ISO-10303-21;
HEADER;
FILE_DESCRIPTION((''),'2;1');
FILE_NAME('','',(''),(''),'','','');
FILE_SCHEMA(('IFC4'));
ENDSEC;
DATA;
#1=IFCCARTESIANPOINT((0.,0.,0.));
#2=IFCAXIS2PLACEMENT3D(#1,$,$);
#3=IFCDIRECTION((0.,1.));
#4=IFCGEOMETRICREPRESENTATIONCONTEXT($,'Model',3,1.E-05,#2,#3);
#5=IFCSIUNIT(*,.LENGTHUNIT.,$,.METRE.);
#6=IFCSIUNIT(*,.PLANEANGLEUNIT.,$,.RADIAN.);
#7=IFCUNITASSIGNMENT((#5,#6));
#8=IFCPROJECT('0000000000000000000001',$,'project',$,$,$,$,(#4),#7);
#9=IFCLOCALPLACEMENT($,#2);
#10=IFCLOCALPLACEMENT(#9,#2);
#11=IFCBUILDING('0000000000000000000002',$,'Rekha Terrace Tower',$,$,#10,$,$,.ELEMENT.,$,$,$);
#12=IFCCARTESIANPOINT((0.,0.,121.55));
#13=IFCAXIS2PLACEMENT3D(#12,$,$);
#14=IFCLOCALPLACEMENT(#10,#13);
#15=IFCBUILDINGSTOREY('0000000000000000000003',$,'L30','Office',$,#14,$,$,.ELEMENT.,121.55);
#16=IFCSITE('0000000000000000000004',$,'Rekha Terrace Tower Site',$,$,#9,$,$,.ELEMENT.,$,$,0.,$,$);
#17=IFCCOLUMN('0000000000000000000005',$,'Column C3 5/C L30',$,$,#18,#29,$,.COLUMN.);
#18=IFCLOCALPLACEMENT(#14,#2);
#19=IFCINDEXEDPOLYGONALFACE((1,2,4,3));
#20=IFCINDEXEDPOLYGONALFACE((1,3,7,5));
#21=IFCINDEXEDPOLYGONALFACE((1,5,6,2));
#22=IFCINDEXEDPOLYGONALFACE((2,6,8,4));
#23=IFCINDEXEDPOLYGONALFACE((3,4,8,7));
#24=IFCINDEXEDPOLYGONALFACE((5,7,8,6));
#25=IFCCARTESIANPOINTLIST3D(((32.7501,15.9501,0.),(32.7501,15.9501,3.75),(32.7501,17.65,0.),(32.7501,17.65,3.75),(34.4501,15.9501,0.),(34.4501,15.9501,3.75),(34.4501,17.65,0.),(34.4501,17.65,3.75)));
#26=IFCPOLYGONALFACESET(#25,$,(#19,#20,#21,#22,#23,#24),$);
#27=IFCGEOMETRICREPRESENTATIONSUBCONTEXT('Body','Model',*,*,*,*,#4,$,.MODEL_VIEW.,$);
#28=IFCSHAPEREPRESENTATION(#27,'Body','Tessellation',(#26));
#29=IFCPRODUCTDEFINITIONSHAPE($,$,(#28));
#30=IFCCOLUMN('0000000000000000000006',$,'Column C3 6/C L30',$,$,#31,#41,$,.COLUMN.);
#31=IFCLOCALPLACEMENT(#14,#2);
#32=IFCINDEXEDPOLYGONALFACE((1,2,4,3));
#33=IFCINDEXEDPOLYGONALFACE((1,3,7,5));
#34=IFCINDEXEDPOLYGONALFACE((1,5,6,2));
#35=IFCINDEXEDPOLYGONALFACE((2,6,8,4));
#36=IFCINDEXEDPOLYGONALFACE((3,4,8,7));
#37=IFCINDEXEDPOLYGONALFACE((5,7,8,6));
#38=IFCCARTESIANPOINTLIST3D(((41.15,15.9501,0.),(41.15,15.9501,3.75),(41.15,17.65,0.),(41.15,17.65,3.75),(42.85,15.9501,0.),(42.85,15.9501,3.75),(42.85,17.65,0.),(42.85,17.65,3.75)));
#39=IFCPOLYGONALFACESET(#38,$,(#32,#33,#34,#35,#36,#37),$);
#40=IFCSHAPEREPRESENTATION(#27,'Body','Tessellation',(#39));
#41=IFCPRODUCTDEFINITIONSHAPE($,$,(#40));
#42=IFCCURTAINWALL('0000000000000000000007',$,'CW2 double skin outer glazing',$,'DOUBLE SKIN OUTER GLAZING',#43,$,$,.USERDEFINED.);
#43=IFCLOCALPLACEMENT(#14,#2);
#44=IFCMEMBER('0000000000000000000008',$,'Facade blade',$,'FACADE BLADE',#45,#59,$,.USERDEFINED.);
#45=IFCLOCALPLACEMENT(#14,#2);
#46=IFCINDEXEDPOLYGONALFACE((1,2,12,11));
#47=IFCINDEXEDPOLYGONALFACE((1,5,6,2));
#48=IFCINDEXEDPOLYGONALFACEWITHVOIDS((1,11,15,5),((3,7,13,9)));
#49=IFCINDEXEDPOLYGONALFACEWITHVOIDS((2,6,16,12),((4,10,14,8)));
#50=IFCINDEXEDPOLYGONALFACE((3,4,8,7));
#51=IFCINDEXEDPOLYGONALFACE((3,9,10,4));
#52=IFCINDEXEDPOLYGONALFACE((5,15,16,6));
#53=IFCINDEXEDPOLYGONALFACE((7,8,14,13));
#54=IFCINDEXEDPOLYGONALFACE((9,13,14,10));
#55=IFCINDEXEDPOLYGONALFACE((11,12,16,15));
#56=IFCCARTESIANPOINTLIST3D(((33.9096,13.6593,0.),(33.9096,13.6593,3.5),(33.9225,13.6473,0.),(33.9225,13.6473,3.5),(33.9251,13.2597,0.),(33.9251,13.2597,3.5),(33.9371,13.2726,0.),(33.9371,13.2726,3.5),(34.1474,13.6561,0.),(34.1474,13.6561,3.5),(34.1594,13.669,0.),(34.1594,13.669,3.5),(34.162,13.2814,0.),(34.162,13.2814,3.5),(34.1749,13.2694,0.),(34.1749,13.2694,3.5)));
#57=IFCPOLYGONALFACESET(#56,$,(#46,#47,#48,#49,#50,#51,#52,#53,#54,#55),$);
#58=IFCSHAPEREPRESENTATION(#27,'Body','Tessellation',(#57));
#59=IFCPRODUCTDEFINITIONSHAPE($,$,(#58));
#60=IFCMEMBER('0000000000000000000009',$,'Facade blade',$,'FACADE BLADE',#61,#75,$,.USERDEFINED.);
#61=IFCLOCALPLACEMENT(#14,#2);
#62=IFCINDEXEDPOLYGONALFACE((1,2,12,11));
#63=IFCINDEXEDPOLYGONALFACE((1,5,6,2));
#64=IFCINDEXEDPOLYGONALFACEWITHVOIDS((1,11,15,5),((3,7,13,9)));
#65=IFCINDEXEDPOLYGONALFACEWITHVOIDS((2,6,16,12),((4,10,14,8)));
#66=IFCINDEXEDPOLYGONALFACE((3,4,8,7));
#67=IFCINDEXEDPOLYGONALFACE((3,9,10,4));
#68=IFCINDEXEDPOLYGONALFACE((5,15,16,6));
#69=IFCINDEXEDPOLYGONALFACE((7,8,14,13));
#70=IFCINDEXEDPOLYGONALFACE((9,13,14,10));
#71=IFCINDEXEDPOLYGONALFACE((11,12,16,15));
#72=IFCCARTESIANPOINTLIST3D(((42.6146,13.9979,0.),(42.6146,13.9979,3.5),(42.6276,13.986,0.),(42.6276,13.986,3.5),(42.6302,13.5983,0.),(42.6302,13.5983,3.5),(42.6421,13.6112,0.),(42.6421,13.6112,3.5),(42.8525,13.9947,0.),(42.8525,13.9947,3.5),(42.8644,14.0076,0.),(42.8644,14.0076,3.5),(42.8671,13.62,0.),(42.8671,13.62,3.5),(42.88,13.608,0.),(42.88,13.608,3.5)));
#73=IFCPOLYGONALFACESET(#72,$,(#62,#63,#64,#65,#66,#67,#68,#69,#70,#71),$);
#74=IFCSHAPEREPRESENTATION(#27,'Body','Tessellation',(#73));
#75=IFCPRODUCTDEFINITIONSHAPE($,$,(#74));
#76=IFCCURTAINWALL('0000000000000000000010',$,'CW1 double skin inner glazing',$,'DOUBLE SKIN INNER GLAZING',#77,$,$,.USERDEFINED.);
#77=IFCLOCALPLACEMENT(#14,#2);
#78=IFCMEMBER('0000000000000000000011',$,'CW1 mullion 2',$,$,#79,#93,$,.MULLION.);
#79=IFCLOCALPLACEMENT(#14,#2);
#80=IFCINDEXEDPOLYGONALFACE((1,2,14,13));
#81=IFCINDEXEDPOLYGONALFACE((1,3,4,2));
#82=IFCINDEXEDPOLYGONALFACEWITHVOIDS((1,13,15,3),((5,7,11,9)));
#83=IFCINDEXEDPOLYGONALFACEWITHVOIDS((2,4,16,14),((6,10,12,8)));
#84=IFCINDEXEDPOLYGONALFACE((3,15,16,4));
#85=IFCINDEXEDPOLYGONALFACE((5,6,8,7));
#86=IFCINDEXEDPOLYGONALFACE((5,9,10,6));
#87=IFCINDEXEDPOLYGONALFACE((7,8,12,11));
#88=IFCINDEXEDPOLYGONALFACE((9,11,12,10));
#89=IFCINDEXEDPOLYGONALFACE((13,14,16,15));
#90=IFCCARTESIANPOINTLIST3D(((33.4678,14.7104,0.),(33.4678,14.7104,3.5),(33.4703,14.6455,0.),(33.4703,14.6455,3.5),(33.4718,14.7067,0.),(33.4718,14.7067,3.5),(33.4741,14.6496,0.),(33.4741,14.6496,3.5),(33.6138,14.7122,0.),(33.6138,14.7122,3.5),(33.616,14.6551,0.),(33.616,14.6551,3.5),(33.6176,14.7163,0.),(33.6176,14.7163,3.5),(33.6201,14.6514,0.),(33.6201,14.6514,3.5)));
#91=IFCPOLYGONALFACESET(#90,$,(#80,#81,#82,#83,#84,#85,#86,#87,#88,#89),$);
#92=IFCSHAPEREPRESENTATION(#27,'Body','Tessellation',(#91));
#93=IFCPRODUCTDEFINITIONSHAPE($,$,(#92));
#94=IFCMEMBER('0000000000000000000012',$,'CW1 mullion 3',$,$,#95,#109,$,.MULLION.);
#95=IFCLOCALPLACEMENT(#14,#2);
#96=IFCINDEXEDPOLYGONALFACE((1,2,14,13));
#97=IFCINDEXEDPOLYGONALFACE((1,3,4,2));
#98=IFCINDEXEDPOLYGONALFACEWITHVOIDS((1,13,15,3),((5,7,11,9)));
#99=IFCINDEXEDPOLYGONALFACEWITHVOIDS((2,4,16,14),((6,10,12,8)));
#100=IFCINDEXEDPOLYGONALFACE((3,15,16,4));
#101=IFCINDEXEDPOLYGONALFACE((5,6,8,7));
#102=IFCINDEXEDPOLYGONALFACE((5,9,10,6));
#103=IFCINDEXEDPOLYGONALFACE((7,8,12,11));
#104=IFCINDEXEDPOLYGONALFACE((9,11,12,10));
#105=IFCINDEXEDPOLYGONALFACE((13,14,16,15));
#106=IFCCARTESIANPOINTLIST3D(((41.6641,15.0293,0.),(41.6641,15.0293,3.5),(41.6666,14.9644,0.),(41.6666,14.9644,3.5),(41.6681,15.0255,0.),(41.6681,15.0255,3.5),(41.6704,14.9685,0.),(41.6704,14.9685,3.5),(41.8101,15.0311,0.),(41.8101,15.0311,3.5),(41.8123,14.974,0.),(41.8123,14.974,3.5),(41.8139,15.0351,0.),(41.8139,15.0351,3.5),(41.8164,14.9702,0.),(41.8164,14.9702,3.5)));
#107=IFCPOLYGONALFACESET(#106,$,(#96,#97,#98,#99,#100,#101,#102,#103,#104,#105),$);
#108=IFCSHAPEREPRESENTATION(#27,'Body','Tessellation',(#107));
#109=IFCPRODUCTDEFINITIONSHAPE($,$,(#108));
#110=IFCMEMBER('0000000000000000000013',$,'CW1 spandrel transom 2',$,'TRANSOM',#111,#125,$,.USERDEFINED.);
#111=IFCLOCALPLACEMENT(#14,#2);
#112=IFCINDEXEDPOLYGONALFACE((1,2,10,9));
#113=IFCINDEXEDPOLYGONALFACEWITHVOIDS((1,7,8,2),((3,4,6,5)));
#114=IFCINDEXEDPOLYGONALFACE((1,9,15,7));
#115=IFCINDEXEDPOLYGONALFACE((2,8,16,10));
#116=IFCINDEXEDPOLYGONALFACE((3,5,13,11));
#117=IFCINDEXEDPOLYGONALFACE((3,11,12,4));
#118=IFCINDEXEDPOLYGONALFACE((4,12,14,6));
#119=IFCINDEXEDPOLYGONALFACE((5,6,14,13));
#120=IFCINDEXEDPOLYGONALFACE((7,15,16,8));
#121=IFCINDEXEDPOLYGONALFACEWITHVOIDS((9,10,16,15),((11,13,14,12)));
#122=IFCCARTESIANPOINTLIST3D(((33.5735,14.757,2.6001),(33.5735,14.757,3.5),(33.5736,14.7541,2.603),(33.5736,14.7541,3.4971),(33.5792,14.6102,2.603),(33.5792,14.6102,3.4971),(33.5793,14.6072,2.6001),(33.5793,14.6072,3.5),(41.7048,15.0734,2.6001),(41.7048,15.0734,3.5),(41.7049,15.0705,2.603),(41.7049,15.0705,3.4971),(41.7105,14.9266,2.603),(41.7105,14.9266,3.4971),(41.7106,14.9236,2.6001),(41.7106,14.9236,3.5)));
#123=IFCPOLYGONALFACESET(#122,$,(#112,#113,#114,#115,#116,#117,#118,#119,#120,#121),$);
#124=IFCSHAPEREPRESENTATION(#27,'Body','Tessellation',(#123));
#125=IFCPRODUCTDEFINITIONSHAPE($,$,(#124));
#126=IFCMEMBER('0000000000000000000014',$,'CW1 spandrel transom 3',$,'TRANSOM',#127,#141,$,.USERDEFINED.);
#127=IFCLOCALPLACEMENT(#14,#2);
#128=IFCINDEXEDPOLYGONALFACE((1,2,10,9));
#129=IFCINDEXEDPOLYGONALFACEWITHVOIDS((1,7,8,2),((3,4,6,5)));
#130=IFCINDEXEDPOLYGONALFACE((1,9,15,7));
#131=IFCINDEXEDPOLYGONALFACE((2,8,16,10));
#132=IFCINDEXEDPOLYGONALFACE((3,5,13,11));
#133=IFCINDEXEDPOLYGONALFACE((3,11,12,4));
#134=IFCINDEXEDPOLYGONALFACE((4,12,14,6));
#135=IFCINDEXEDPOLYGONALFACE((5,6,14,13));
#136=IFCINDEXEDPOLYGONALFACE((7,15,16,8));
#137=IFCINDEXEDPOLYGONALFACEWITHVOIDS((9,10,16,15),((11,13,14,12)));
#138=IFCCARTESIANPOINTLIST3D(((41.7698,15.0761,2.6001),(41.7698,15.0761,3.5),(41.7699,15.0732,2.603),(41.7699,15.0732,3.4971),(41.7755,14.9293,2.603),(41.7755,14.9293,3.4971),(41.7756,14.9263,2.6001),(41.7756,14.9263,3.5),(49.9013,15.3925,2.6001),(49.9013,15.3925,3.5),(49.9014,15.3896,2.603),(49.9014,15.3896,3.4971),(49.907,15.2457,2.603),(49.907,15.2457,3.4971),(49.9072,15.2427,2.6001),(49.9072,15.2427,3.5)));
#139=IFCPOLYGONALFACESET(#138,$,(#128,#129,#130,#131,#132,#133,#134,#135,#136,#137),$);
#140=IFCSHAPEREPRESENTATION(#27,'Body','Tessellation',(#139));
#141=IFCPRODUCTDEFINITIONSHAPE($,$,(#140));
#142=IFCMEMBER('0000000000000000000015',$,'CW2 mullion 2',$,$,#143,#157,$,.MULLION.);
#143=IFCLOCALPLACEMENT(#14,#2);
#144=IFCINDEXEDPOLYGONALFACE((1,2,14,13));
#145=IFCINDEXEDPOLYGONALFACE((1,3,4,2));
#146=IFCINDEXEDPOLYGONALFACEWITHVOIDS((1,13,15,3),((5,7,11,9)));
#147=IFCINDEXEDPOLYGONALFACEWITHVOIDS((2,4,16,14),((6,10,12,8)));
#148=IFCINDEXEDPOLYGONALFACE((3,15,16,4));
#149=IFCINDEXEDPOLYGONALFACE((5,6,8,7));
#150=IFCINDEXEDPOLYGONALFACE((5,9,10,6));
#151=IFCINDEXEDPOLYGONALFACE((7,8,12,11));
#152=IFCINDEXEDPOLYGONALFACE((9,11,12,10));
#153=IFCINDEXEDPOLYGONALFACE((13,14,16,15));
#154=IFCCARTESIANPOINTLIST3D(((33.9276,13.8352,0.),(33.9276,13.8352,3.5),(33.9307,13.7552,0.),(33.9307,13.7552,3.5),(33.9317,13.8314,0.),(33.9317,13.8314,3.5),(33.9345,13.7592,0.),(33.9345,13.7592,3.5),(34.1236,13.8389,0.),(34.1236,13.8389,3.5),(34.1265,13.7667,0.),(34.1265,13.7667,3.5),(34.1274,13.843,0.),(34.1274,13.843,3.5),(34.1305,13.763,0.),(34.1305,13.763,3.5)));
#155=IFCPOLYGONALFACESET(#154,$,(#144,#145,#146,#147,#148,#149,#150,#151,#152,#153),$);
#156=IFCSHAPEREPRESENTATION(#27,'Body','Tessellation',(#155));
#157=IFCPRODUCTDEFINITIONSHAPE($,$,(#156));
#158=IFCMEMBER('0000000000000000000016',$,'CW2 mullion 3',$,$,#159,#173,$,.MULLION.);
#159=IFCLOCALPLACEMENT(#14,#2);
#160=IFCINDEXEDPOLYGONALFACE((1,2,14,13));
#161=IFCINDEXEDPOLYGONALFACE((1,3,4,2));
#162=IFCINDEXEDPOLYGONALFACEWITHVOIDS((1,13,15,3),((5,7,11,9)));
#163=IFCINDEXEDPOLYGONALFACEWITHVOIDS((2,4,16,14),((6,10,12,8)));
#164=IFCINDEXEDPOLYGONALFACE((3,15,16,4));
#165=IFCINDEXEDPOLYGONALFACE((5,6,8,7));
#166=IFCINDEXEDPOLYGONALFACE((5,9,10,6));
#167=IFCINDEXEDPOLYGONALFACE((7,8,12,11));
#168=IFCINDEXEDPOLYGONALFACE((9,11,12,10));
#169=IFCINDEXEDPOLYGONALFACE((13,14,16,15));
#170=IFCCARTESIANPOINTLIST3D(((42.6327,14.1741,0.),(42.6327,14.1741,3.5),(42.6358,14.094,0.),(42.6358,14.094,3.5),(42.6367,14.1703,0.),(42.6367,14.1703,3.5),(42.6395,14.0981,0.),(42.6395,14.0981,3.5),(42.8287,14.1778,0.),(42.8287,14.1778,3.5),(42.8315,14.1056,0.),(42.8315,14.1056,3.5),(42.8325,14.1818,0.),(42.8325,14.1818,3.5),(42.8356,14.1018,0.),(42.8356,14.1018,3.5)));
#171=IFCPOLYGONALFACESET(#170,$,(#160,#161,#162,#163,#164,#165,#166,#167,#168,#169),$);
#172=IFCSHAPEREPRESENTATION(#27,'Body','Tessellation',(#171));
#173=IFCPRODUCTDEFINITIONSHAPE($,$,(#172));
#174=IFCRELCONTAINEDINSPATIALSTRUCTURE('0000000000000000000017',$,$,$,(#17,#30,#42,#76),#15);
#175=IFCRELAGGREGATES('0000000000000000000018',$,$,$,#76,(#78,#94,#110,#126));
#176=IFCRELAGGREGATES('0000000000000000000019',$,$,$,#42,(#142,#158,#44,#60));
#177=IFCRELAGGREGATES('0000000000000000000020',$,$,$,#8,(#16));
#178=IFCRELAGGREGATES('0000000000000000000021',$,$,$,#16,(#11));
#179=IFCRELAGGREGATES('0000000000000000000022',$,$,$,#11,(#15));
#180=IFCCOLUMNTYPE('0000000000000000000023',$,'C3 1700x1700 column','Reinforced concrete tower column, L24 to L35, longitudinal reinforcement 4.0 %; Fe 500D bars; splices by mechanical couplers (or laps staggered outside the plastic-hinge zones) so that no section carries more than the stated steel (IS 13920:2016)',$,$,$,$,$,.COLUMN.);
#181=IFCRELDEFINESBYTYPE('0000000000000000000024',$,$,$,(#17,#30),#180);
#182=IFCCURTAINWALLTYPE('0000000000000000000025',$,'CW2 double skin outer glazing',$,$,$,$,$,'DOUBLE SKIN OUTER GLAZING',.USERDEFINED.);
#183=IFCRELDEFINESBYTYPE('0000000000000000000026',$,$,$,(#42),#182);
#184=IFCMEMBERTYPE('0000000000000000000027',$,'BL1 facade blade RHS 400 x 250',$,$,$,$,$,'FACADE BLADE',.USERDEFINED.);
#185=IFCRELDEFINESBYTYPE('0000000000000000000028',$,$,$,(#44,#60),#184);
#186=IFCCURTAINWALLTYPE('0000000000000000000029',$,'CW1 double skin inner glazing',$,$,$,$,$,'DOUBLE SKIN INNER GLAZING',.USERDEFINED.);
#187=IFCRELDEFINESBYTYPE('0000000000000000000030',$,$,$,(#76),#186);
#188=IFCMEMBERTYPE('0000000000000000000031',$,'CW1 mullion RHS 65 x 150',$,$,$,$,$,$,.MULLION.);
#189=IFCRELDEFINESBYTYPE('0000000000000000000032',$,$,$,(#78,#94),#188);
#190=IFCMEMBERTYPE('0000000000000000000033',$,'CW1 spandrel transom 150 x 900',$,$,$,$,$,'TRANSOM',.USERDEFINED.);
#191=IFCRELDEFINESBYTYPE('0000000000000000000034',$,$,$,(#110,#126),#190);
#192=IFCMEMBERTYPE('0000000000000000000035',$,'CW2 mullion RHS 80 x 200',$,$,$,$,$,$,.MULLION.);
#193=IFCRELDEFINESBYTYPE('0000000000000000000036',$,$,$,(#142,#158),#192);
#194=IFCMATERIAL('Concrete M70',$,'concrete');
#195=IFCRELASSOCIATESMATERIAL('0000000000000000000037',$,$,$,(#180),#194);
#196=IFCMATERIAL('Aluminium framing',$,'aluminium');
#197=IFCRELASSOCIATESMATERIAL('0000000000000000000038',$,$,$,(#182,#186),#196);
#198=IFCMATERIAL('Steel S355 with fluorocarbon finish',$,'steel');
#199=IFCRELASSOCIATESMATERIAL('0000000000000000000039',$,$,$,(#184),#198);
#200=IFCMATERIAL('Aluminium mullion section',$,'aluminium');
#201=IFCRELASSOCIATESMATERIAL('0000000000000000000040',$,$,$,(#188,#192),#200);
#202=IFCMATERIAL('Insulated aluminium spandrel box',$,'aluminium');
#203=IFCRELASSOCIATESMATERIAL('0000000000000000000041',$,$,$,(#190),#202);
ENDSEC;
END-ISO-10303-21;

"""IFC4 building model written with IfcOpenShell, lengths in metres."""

from ifc_helpers import new_model, si_unit, direction, frame, origin, origin_2d, place, context, subcontext, project, spatial, rectangle, hollow_rectangle, extrude, material, material_profile, profile_set, type_object, element, aggregate, save


model = new_model("IFC4")

# Units and contexts
model_context = context("Model", 3, precision=1e-05, world=origin(), true_north=direction((0.0, 1.0)))
body_context = subcontext(model_context, "Body", "Model", "MODEL_VIEW")
ifc_project = project(units=[si_unit("LENGTHUNIT", "METRE"), si_unit("PLANEANGLEUNIT", "RADIAN")], contexts=[model_context])

# Site, building, storey
site_placement = place(None, origin())
site = spatial("IfcSite", under=ifc_project, at=site_placement, Name="Rekha Terrace Tower Site", CompositionType="ELEMENT", RefElevation=0.0)
building_placement = place(site_placement, origin())
building = spatial("IfcBuilding", under=site, at=building_placement, Name="Rekha Terrace Tower", CompositionType="ELEMENT")
storey_placement = place(building_placement, frame((0.0, 0.0, 121.55)))
storey = spatial("IfcBuildingStorey", under=building, at=storey_placement, Name="L30", Description="Office", CompositionType="ELEMENT", Elevation=121.55)

# Columns
ifc_material_1 = material(Name="Concrete M70", Category="concrete")
ifc_material_profile_1 = material_profile(ifc_material_1, rectangle(XDim=1.7, YDim=1.7, at=origin_2d()), Name="RC 1700x1700")
ifc_profile_set_1 = profile_set([ifc_material_profile_1], Name="Concrete M70")
column_type = type_object("IfcColumnType", Name="C3 1700x1700 column", Description="Reinforced concrete tower column, L24 to L35, longitudinal reinforcement 4.0 %; Fe 500D bars; splices by mechanical couplers (or laps staggered outside the plastic-hinge zones) so that no section carries more than the stated steel (IS 13920:2016)", PredefinedType="COLUMN", material=ifc_profile_set_1)
for number, where, z_axis, x_axis, name in (
    (1, (33.6001, 16.8, 0.0), (0.0, 0.0, 1.0), (1.0, 0.0, 0.0), "Column C3 5/C L30"),
    (2, (42.0, 16.8, 0.0), (0.0, 0.0, 1.0), (1.0, 0.0, 0.0), "Column C3 6/C L30"),
):
    element("IfcColumn", number, at=place(storey_placement, frame(where, z_axis=z_axis, x_axis=x_axis)), inside=storey, type_object=column_type, Name=name, PredefinedType="COLUMN", context=body_context, shape_type="SweptSolid", body=[
        extrude(rectangle(XDim=1.7, YDim=1.7, at=origin_2d()), origin(), (0.0, 0.0, 1.0), 3.75),
    ])

# Curtain walls, members
ifc_material_2 = material(Name="Aluminium framing", Category="aluminium")
curtain_wall_type_1 = type_object("IfcCurtainWallType", Name="CW2 double skin outer glazing", ElementType="DOUBLE SKIN OUTER GLAZING", PredefinedType="USERDEFINED", material=ifc_material_2)
curtain_wall_1_placement = place(storey_placement, origin())
curtain_wall_1 = element("IfcCurtainWall", 3, at=curtain_wall_1_placement, inside=storey, type_object=curtain_wall_type_1, Name="CW2 double skin outer glazing", ObjectType="DOUBLE SKIN OUTER GLAZING", PredefinedType="USERDEFINED")
ifc_material_3 = material(Name="Steel S355 with fluorocarbon finish", Category="steel")
ifc_material_profile_2 = material_profile(ifc_material_3, hollow_rectangle(XDim=0.25, YDim=0.3999, WallThickness=0.0125, at=origin_2d()), Name="RHS400x250x12.5")
ifc_profile_set_2 = profile_set([ifc_material_profile_2], Name="Steel S355 with fluorocarbon finish")
member_type_1 = type_object("IfcMemberType", Name="BL1 facade blade RHS 400 x 250", ElementType="FACADE BLADE", PredefinedType="USERDEFINED", material=ifc_profile_set_2)
member_1_placement = place(storey_placement, frame((34.0422, 13.4644, 0.0), z_axis=(0.0, 0.0, 1.0), x_axis=(0.999243, 0.03889, 0.0)))
member_1 = element("IfcMember", 4, at=member_1_placement, type_object=member_type_1, Name="Facade blade", ObjectType="FACADE BLADE", PredefinedType="USERDEFINED", context=body_context, shape_type="SweptSolid", body=[
    extrude(hollow_rectangle(XDim=0.25, YDim=0.3999, WallThickness=0.0125, at=origin_2d()), origin(), (0.0, 0.0, 1.0), 3.5),
])
member_2_placement = place(storey_placement, frame((42.7473, 13.803, 0.0), z_axis=(0.0, 0.0, 1.0), x_axis=(0.999243, 0.03889, 0.0)))
member_2 = element("IfcMember", 5, at=member_2_placement, type_object=member_type_1, Name="Facade blade", ObjectType="FACADE BLADE", PredefinedType="USERDEFINED", context=body_context, shape_type="SweptSolid", body=[
    extrude(hollow_rectangle(XDim=0.25, YDim=0.3999, WallThickness=0.0125, at=origin_2d()), origin(), (0.0, 0.0, 1.0), 3.5),
])
curtain_wall_type_2 = type_object("IfcCurtainWallType", Name="CW1 double skin inner glazing", ElementType="DOUBLE SKIN INNER GLAZING", PredefinedType="USERDEFINED", material=ifc_material_2)
curtain_wall_2_placement = place(storey_placement, origin())
curtain_wall_2 = element("IfcCurtainWall", 6, at=curtain_wall_2_placement, inside=storey, type_object=curtain_wall_type_2, Name="CW1 double skin inner glazing", ObjectType="DOUBLE SKIN INNER GLAZING", PredefinedType="USERDEFINED")
ifc_material_4 = material(Name="Aluminium mullion section", Category="aluminium")
ifc_material_profile_3 = material_profile(ifc_material_4, hollow_rectangle(XDim=0.0649, YDim=0.1499, WallThickness=0.0039, at=origin_2d()), Name="AL RHS 65x150")
ifc_profile_set_3 = profile_set([ifc_material_profile_3], Name="Aluminium mullion section")
member_type_2 = type_object("IfcMemberType", Name="CW1 mullion RHS 65 x 150", PredefinedType="MULLION", material=ifc_profile_set_3)
member_3_placement = place(storey_placement, frame((33.5439, 14.6809, 0.0), z_axis=(0.0, 0.0, 1.0), x_axis=(-0.03889, 0.999243, 0.0)))
member_3 = element("IfcMember", 7, at=member_3_placement, type_object=member_type_2, Name="CW1 mullion 2", PredefinedType="MULLION", context=body_context, shape_type="SweptSolid", body=[
    extrude(hollow_rectangle(XDim=0.0649, YDim=0.1499, WallThickness=0.0039, at=origin_2d()), origin(), (0.0, 0.0, 1.0), 3.5),
])
member_4_placement = place(storey_placement, frame((41.7402, 14.9998, 0.0), z_axis=(0.0, 0.0, 1.0), x_axis=(-0.03889, 0.999243, 0.0)))
member_4 = element("IfcMember", 8, at=member_4_placement, type_object=member_type_2, Name="CW1 mullion 3", PredefinedType="MULLION", context=body_context, shape_type="SweptSolid", body=[
    extrude(hollow_rectangle(XDim=0.0649, YDim=0.1499, WallThickness=0.0039, at=origin_2d()), origin(), (0.0, 0.0, 1.0), 3.5),
])
ifc_material_5 = material(Name="Insulated aluminium spandrel box", Category="aluminium")
ifc_material_profile_4 = material_profile(ifc_material_5, hollow_rectangle(XDim=0.1499, YDim=0.8999, WallThickness=0.0029, at=origin_2d()), Name="AL SPANDREL BOX 150x900")
ifc_profile_set_4 = profile_set([ifc_material_profile_4], Name="Insulated aluminium spandrel box")
member_type_3 = type_object("IfcMemberType", Name="CW1 spandrel transom 150 x 900", ElementType="TRANSOM", PredefinedType="USERDEFINED", material=ifc_profile_set_4)
member_5_placement = place(storey_placement, frame((33.5764, 14.6821, 3.05), z_axis=(0.999244, 0.038882, 0.0), x_axis=(-0.038882, 0.999244, 0.0)))
member_5 = element("IfcMember", 9, at=member_5_placement, type_object=member_type_3, Name="CW1 spandrel transom 2", ObjectType="TRANSOM", PredefinedType="USERDEFINED", context=body_context, shape_type="SweptSolid", body=[
    extrude(hollow_rectangle(XDim=0.1499, YDim=0.8999, WallThickness=0.0029, at=origin_2d()), origin(), (0.0, 0.0, 1.0), 8.1375),
])
member_6_placement = place(storey_placement, frame((41.7727, 15.0012, 3.05), z_axis=(0.999244, 0.038881, 0.0), x_axis=(-0.038881, 0.999244, 0.0)))
member_6 = element("IfcMember", 10, at=member_6_placement, type_object=member_type_3, Name="CW1 spandrel transom 3", ObjectType="TRANSOM", PredefinedType="USERDEFINED", context=body_context, shape_type="SweptSolid", body=[
    extrude(hollow_rectangle(XDim=0.1499, YDim=0.8999, WallThickness=0.0029, at=origin_2d()), origin(), (0.0, 0.0, 1.0), 8.1377),
])

# Members
ifc_material_profile_5 = material_profile(ifc_material_4, hollow_rectangle(XDim=0.0801, YDim=0.2, WallThickness=0.0039, at=origin_2d()), Name="AL RHS 80x200")
ifc_profile_set_5 = profile_set([ifc_material_profile_5], Name="Aluminium mullion section")
member_type_4 = type_object("IfcMemberType", Name="CW2 mullion RHS 80 x 200", PredefinedType="MULLION", material=ifc_profile_set_5)
member_7_placement = place(storey_placement, frame((34.0291, 13.7991, 0.0), z_axis=(0.0, 0.0, 1.0), x_axis=(-0.03889, 0.999243, 0.0)))
member_7 = element("IfcMember", 11, at=member_7_placement, type_object=member_type_4, Name="CW2 mullion 2", PredefinedType="MULLION", context=body_context, shape_type="SweptSolid", body=[
    extrude(hollow_rectangle(XDim=0.0801, YDim=0.2, WallThickness=0.0039, at=origin_2d()), origin(), (0.0, 0.0, 1.0), 3.5),
])
member_8_placement = place(storey_placement, frame((42.7341, 14.1379, 0.0), z_axis=(0.0, 0.0, 1.0), x_axis=(-0.03889, 0.999243, 0.0)))
member_8 = element("IfcMember", 12, at=member_8_placement, type_object=member_type_4, Name="CW2 mullion 3", PredefinedType="MULLION", context=body_context, shape_type="SweptSolid", body=[
    extrude(hollow_rectangle(XDim=0.0801, YDim=0.2, WallThickness=0.0039, at=origin_2d()), origin(), (0.0, 0.0, 1.0), 3.5),
])

aggregate(curtain_wall_2, [member_3, member_4, member_5, member_6])
aggregate(curtain_wall_1, [member_7, member_8, member_1, member_2])

save(model, "model.ifc")
